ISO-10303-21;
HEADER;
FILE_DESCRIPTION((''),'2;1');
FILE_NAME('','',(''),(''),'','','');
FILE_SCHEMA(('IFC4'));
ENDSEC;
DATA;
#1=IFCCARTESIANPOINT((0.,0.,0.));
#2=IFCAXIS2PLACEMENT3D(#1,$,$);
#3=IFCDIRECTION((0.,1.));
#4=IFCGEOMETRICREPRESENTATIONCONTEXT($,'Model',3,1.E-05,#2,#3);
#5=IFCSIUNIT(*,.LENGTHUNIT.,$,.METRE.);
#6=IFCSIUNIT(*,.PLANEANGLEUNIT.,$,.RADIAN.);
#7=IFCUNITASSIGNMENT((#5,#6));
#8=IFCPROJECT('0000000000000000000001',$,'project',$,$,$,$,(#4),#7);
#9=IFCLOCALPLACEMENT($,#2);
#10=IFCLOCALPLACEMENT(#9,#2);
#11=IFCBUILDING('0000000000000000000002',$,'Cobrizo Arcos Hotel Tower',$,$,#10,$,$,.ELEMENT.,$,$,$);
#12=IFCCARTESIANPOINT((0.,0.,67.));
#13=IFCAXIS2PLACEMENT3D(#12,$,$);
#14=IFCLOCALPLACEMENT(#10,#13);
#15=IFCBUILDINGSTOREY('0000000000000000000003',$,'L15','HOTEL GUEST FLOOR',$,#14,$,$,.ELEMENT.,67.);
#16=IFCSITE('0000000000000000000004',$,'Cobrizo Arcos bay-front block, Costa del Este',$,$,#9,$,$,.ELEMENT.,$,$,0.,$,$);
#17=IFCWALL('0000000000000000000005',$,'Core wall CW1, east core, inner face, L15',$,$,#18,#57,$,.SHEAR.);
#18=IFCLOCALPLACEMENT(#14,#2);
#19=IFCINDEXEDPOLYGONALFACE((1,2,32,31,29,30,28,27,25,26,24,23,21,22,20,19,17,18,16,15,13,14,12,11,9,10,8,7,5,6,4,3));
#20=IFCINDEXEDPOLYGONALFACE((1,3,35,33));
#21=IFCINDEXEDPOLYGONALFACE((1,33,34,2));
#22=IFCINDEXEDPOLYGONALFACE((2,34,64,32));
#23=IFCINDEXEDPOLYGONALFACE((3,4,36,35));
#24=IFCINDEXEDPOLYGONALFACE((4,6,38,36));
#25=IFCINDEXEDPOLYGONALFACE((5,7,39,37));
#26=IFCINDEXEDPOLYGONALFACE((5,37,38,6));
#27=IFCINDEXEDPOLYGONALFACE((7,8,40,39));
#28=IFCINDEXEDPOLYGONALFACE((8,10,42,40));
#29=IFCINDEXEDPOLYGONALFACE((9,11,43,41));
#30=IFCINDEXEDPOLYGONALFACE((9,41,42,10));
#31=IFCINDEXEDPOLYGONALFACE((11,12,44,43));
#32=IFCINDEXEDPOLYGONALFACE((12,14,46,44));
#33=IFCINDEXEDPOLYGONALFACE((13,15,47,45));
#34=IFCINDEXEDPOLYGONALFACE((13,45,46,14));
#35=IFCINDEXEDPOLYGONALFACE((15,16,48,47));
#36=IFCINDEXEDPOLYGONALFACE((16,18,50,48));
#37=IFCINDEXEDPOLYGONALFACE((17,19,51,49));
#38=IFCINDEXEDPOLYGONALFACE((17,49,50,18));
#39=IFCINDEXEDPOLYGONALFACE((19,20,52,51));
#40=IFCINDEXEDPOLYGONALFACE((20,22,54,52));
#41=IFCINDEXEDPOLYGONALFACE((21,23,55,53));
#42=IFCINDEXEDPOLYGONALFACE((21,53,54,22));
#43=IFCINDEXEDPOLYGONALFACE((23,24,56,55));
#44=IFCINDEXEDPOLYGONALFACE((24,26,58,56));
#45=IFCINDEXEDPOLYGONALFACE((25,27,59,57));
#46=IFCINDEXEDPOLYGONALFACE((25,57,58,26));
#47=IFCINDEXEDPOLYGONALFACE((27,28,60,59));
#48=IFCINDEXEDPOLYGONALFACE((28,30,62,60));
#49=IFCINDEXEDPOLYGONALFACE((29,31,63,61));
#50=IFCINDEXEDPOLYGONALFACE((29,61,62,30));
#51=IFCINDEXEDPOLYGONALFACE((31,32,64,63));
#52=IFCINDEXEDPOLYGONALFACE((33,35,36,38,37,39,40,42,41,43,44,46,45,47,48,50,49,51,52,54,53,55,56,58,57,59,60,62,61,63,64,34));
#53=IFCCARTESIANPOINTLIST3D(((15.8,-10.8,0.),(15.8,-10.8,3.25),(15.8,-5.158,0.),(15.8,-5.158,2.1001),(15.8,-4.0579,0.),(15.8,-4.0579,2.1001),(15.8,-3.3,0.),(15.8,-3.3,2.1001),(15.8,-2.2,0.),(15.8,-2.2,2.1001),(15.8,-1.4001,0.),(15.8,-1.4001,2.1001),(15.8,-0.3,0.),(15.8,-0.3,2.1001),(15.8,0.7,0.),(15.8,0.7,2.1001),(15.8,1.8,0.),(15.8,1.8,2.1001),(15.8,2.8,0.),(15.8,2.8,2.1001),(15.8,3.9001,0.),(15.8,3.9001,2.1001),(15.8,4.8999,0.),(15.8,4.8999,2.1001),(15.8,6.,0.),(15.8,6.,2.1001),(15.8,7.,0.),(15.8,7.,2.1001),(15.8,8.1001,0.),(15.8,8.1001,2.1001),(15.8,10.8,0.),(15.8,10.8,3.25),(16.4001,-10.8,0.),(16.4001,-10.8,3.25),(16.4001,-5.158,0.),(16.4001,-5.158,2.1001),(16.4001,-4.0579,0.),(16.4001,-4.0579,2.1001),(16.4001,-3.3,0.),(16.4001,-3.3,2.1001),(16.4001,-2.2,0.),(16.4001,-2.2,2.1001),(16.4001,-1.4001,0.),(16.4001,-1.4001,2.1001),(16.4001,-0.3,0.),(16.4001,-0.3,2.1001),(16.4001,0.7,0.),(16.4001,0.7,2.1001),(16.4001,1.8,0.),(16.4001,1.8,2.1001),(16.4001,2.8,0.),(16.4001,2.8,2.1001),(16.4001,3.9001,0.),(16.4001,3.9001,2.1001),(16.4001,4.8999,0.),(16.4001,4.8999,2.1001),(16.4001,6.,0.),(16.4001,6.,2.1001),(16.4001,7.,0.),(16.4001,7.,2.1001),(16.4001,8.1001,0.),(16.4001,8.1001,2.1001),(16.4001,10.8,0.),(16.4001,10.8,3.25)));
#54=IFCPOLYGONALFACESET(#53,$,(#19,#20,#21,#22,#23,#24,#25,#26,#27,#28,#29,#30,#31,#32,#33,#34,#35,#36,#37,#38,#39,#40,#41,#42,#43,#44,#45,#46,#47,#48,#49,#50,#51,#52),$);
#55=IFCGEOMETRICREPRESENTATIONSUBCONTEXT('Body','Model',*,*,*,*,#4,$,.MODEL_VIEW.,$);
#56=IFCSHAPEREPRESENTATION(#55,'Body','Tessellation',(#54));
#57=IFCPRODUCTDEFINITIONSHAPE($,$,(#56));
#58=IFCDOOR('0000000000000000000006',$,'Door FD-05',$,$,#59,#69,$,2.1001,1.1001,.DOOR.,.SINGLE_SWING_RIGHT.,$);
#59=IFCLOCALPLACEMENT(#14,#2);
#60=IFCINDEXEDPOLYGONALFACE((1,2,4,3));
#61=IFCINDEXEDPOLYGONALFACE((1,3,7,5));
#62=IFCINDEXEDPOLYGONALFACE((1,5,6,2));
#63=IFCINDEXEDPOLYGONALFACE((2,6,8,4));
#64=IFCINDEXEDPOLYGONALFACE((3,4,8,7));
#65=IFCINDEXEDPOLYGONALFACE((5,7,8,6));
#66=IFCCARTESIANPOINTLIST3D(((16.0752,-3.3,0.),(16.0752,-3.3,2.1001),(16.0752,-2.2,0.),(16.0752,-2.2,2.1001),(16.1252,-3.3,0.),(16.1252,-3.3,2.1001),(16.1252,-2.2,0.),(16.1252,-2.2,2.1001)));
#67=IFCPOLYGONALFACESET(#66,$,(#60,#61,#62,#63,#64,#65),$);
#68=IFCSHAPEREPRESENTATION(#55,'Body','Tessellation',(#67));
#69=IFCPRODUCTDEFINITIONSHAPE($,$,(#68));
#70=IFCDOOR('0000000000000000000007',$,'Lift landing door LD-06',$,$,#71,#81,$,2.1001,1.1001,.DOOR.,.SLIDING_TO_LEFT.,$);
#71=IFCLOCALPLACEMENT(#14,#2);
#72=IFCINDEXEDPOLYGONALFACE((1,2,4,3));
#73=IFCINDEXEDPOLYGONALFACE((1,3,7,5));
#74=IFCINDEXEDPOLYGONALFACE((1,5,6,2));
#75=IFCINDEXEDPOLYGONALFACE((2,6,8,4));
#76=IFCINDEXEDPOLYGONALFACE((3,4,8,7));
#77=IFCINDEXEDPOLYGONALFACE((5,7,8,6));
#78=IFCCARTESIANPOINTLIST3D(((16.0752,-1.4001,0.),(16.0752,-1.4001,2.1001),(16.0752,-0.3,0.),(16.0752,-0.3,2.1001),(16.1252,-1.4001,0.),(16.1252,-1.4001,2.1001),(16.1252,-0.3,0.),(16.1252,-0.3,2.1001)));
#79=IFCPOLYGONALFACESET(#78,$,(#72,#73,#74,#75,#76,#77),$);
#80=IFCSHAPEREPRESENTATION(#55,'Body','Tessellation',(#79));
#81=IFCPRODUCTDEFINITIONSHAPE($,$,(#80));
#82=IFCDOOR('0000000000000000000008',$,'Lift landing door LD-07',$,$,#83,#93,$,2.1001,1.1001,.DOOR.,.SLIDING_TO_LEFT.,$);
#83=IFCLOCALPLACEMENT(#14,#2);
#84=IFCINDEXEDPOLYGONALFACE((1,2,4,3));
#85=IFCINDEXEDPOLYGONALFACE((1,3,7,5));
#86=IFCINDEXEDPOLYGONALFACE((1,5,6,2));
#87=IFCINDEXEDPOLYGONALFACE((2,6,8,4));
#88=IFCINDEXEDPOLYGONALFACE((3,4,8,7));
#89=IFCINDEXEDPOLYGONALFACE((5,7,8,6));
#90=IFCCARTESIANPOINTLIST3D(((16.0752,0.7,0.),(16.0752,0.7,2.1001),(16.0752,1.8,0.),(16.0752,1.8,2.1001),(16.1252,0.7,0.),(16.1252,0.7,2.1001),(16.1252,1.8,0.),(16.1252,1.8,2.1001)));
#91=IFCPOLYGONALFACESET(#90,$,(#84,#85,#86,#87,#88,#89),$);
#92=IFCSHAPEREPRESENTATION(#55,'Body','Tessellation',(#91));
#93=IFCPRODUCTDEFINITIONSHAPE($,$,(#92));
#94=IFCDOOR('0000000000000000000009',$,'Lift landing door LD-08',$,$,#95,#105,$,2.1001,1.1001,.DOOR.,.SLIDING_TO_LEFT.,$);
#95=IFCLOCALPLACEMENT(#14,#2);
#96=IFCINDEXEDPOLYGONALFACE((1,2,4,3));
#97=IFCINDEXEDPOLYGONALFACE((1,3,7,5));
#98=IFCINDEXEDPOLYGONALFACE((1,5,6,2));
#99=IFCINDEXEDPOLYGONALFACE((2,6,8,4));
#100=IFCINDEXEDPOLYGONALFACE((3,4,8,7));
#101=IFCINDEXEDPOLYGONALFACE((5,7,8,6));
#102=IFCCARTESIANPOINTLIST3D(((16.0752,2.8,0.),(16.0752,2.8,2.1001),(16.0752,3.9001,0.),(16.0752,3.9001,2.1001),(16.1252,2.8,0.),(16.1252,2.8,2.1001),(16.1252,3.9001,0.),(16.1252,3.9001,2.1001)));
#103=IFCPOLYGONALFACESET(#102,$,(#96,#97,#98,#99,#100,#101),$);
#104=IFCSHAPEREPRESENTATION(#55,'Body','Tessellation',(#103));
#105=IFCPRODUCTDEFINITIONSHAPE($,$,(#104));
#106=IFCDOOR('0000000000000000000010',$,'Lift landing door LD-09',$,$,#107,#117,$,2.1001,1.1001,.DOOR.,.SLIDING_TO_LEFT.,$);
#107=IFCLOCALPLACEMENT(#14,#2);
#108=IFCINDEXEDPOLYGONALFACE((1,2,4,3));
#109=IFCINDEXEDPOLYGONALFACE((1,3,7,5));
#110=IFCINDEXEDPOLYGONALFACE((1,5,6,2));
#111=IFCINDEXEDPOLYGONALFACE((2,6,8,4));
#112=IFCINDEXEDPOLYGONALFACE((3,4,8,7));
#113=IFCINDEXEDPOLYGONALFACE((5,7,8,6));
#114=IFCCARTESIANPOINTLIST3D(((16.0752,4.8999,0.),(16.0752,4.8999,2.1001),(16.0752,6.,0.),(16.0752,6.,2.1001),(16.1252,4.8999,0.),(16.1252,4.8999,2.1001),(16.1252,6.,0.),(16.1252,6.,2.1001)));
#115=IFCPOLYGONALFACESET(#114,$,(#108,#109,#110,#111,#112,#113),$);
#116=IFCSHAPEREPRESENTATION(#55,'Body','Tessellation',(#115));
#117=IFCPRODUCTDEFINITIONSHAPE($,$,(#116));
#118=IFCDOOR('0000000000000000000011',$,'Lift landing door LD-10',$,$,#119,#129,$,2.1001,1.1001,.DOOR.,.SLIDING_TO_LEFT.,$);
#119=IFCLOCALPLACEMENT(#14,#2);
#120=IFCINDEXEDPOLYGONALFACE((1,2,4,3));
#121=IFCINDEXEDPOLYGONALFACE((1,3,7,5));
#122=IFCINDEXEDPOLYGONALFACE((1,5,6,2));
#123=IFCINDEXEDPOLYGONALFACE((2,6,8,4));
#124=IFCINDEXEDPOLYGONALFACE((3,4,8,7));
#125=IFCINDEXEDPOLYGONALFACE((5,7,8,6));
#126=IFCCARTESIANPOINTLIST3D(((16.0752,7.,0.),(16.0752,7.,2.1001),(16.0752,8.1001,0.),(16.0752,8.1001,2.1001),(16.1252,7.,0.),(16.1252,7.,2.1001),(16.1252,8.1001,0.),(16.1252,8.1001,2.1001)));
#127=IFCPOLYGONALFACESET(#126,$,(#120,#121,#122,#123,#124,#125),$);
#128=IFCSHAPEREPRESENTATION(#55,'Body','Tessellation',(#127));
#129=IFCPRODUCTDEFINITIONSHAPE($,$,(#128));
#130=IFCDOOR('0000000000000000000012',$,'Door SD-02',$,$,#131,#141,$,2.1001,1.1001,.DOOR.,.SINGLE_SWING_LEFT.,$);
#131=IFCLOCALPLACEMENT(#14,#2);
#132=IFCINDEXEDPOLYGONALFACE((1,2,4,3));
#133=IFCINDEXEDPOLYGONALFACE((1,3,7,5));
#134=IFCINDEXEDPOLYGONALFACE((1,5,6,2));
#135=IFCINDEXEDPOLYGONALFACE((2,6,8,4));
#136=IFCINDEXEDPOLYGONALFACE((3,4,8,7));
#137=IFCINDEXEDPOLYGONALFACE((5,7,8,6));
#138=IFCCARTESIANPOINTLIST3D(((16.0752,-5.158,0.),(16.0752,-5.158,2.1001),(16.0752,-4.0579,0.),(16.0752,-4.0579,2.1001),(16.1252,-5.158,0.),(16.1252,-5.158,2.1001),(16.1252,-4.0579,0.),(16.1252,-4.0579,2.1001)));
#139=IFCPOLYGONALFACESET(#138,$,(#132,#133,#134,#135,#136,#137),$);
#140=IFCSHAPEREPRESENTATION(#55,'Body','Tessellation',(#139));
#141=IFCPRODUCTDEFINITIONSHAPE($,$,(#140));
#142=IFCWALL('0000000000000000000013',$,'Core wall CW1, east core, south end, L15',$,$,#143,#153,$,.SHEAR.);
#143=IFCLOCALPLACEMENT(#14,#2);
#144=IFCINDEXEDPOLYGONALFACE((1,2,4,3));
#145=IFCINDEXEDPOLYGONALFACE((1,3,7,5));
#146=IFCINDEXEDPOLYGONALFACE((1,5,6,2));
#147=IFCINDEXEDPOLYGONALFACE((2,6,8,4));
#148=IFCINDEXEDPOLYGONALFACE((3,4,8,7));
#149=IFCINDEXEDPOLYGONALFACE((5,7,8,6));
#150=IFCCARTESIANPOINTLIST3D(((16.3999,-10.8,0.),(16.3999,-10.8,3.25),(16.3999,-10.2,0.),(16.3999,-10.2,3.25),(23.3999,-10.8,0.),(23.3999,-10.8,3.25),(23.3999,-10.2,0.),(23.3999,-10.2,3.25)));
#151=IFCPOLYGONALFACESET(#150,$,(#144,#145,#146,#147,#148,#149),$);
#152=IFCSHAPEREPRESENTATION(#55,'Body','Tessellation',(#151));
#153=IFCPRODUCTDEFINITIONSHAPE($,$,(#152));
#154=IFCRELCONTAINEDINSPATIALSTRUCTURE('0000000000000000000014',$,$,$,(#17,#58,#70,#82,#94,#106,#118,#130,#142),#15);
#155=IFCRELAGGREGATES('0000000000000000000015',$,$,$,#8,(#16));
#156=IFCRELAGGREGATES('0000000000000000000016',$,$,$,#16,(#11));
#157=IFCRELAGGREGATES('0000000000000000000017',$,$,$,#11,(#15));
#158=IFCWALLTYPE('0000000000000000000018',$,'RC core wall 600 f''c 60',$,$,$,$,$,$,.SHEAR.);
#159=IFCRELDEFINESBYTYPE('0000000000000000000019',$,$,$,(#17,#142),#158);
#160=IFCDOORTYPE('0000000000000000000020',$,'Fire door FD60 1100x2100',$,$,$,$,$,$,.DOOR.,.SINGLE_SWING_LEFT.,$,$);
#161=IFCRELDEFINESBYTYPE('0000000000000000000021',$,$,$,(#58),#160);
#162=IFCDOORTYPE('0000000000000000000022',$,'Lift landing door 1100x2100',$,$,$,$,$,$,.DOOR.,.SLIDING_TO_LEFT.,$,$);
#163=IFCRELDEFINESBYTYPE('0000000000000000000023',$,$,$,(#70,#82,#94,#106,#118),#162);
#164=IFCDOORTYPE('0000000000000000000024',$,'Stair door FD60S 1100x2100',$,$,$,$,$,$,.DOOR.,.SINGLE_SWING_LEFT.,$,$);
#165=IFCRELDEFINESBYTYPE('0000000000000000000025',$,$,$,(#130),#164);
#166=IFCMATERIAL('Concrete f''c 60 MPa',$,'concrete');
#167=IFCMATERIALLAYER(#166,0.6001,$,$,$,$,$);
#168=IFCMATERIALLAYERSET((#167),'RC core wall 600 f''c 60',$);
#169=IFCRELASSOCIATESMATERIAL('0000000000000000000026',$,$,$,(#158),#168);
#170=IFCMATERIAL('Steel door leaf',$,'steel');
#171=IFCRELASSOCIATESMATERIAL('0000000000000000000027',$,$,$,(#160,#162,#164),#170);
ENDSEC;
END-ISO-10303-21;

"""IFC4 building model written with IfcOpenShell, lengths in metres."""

from ifc_helpers import new_model, si_unit, direction, frame, frame_2d, origin, place, context, subcontext, project, spatial, rectangle, extrude, material, layer, layer_set, type_object, element, fill, save


model = new_model("IFC4")

# Units and contexts
model_context = context("Model", 3, precision=1e-05, world=origin(), true_north=direction((0.0, 1.0)))
body_context = subcontext(model_context, "Body", "Model", "MODEL_VIEW")
ifc_project = project(units=[si_unit("LENGTHUNIT", "METRE"), si_unit("PLANEANGLEUNIT", "RADIAN")], contexts=[model_context])

# Site, building, storey
site_placement = place(None, origin())
site = spatial("IfcSite", under=ifc_project, at=site_placement, Name="Cobrizo Arcos bay-front block, Costa del Este", CompositionType="ELEMENT", RefElevation=0.0)
building_placement = place(site_placement, origin())
building = spatial("IfcBuilding", under=site, at=building_placement, Name="Cobrizo Arcos Hotel Tower", CompositionType="ELEMENT")
storey_placement = place(building_placement, frame((0.0, 0.0, 67.0)))
storey = spatial("IfcBuildingStorey", under=building, at=storey_placement, Name="L15", Description="HOTEL GUEST FLOOR", CompositionType="ELEMENT", Elevation=67.0)

# Wall, openings, doors
ifc_material_1 = material(Name="Concrete f'c 60 MPa", Category="concrete")
ifc_layer_1 = layer(ifc_material_1, 0.6001)
ifc_layer_set_1 = layer_set([ifc_layer_1], Name="RC core wall 600 f'c 60")
wall_type_1 = type_object("IfcWallType", Name="RC core wall 600 f'c 60", PredefinedType="SHEAR", material=ifc_layer_set_1)
wall_1_placement = place(storey_placement, frame((16.1001, -10.8, 0.0), z_axis=(0.0, 0.0, 1.0), x_axis=(0.0, 1.0, 0.0)))
wall_1 = element("IfcWall", 1, at=wall_1_placement, inside=storey, type_object=wall_type_1, Name="Core wall CW1, east core, inner face, L15", PredefinedType="SHEAR", context=body_context, shape_type="SweptSolid", body=[
    extrude(rectangle(XDim=21.6001, YDim=0.6001, at=frame_2d((10.8, 0.0))), origin(), (0.0, 0.0, 1.0), 3.25),
])
opening_1_placement = place(wall_1_placement, frame((9.3999, 0.0, 0.0)))
opening_1 = element("IfcOpeningElement", 2, at=opening_1_placement, cuts=wall_1, PredefinedType="OPENING", context=body_context, shape_type="SweptSolid", body=[
    extrude(rectangle(XDim=1.1001, YDim=2.1001, at=frame_2d((0.55, 1.05))), frame((0.0, 0.312, 0.0), z_axis=(0.0, -1.0, 0.0), x_axis=(1.0, 0.0, 0.0)), (0.0, 0.0, 1.0), 0.624),
])
opening_2_placement = place(wall_1_placement, frame((11.5, 0.0, 0.0)))
opening_2 = element("IfcOpeningElement", 3, at=opening_2_placement, cuts=wall_1, PredefinedType="OPENING", context=body_context, shape_type="SweptSolid", body=[
    extrude(rectangle(XDim=1.1001, YDim=2.1001, at=frame_2d((0.55, 1.05))), frame((0.0, 0.312, 0.0), z_axis=(0.0, -1.0, 0.0), x_axis=(1.0, 0.0, 0.0)), (0.0, 0.0, 1.0), 0.624),
])
opening_3_placement = place(wall_1_placement, frame((13.6001, 0.0, 0.0)))
opening_3 = element("IfcOpeningElement", 4, at=opening_3_placement, cuts=wall_1, PredefinedType="OPENING", context=body_context, shape_type="SweptSolid", body=[
    extrude(rectangle(XDim=1.1001, YDim=2.1001, at=frame_2d((0.55, 1.05))), frame((0.0, 0.312, 0.0), z_axis=(0.0, -1.0, 0.0), x_axis=(1.0, 0.0, 0.0)), (0.0, 0.0, 1.0), 0.624),
])
opening_4_placement = place(wall_1_placement, frame((15.7, 0.0, 0.0)))
opening_4 = element("IfcOpeningElement", 5, at=opening_4_placement, cuts=wall_1, PredefinedType="OPENING", context=body_context, shape_type="SweptSolid", body=[
    extrude(rectangle(XDim=1.1001, YDim=2.1001, at=frame_2d((0.55, 1.05))), frame((0.0, 0.312, 0.0), z_axis=(0.0, -1.0, 0.0), x_axis=(1.0, 0.0, 0.0)), (0.0, 0.0, 1.0), 0.624),
])
opening_5_placement = place(wall_1_placement, frame((17.8, 0.0, 0.0)))
opening_5 = element("IfcOpeningElement", 6, at=opening_5_placement, cuts=wall_1, PredefinedType="OPENING", context=body_context, shape_type="SweptSolid", body=[
    extrude(rectangle(XDim=1.1001, YDim=2.1001, at=frame_2d((0.55, 1.05))), frame((0.0, 0.312, 0.0), z_axis=(0.0, -1.0, 0.0), x_axis=(1.0, 0.0, 0.0)), (0.0, 0.0, 1.0), 0.624),
])
opening_6_placement = place(wall_1_placement, frame((5.6421, 0.0, 0.0)))
opening_6 = element("IfcOpeningElement", 7, at=opening_6_placement, cuts=wall_1, PredefinedType="OPENING", context=body_context, shape_type="SweptSolid", body=[
    extrude(rectangle(XDim=1.1001, YDim=2.1001, at=frame_2d((0.55, 1.05))), frame((0.0, 0.312, 0.0), z_axis=(0.0, -1.0, 0.0), x_axis=(1.0, 0.0, 0.0)), (0.0, 0.0, 1.0), 0.624),
])
opening_7_placement = place(wall_1_placement, frame((7.5, 0.0, 0.0)))
opening_7 = element("IfcOpeningElement", 8, at=opening_7_placement, cuts=wall_1, PredefinedType="OPENING", context=body_context, shape_type="SweptSolid", body=[
    extrude(rectangle(XDim=1.1001, YDim=2.1001, at=frame_2d((0.55, 1.05))), frame((0.0, 0.312, 0.0), z_axis=(0.0, -1.0, 0.0), x_axis=(1.0, 0.0, 0.0)), (0.0, 0.0, 1.0), 0.624),
])
ifc_material_2 = material(Name="Steel door leaf", Category="steel")
door_type_1 = type_object("IfcDoorType", Name="Fire door FD60 1100x2100", OperationType="SINGLE_SWING_LEFT", PredefinedType="DOOR", material=ifc_material_2)
door_1_placement = place(opening_7_placement, origin())
door_1 = element("IfcDoor", 9, at=door_1_placement, inside=storey, type_object=door_type_1, Name="Door FD-05", OperationType="SINGLE_SWING_RIGHT", OverallHeight=2.1001, OverallWidth=1.1001, PredefinedType="DOOR", context=body_context, shape_type="SweptSolid", body=[
    extrude(rectangle(XDim=1.1001, YDim=2.1001, at=frame_2d((0.55, 1.05))), frame((0.0, 0.0249, 0.0), z_axis=(0.0, -1.0, 0.0), x_axis=(1.0, 0.0, 0.0)), (0.0, 0.0, 1.0), 0.05),
])
fill(opening_7, door_1)
door_type_2 = type_object("IfcDoorType", Name="Lift landing door 1100x2100", OperationType="SLIDING_TO_LEFT", PredefinedType="DOOR", material=ifc_material_2)
door_2_placement = place(opening_1_placement, origin())
door_2 = element("IfcDoor", 10, at=door_2_placement, inside=storey, type_object=door_type_2, Name="Lift landing door LD-06", OperationType="SLIDING_TO_LEFT", OverallHeight=2.1001, OverallWidth=1.1001, PredefinedType="DOOR", context=body_context, shape_type="SweptSolid", body=[
    extrude(rectangle(XDim=1.1001, YDim=2.1001, at=frame_2d((0.55, 1.05))), frame((0.0, 0.0249, 0.0), z_axis=(0.0, -1.0, 0.0), x_axis=(1.0, 0.0, 0.0)), (0.0, 0.0, 1.0), 0.05),
])
fill(opening_1, door_2)
door_3_placement = place(opening_2_placement, origin())
door_3 = element("IfcDoor", 11, at=door_3_placement, inside=storey, type_object=door_type_2, Name="Lift landing door LD-07", OperationType="SLIDING_TO_LEFT", OverallHeight=2.1001, OverallWidth=1.1001, PredefinedType="DOOR", context=body_context, shape_type="SweptSolid", body=[
    extrude(rectangle(XDim=1.1001, YDim=2.1001, at=frame_2d((0.55, 1.05))), frame((0.0, 0.0249, 0.0), z_axis=(0.0, -1.0, 0.0), x_axis=(1.0, 0.0, 0.0)), (0.0, 0.0, 1.0), 0.05),
])
fill(opening_2, door_3)
door_4_placement = place(opening_3_placement, origin())
door_4 = element("IfcDoor", 12, at=door_4_placement, inside=storey, type_object=door_type_2, Name="Lift landing door LD-08", OperationType="SLIDING_TO_LEFT", OverallHeight=2.1001, OverallWidth=1.1001, PredefinedType="DOOR", context=body_context, shape_type="SweptSolid", body=[
    extrude(rectangle(XDim=1.1001, YDim=2.1001, at=frame_2d((0.55, 1.05))), frame((0.0, 0.0249, 0.0), z_axis=(0.0, -1.0, 0.0), x_axis=(1.0, 0.0, 0.0)), (0.0, 0.0, 1.0), 0.05),
])
fill(opening_3, door_4)
door_5_placement = place(opening_4_placement, origin())
door_5 = element("IfcDoor", 13, at=door_5_placement, inside=storey, type_object=door_type_2, Name="Lift landing door LD-09", OperationType="SLIDING_TO_LEFT", OverallHeight=2.1001, OverallWidth=1.1001, PredefinedType="DOOR", context=body_context, shape_type="SweptSolid", body=[
    extrude(rectangle(XDim=1.1001, YDim=2.1001, at=frame_2d((0.55, 1.05))), frame((0.0, 0.0249, 0.0), z_axis=(0.0, -1.0, 0.0), x_axis=(1.0, 0.0, 0.0)), (0.0, 0.0, 1.0), 0.05),
])
fill(opening_4, door_5)
door_6_placement = place(opening_5_placement, origin())
door_6 = element("IfcDoor", 14, at=door_6_placement, inside=storey, type_object=door_type_2, Name="Lift landing door LD-10", OperationType="SLIDING_TO_LEFT", OverallHeight=2.1001, OverallWidth=1.1001, PredefinedType="DOOR", context=body_context, shape_type="SweptSolid", body=[
    extrude(rectangle(XDim=1.1001, YDim=2.1001, at=frame_2d((0.55, 1.05))), frame((0.0, 0.0249, 0.0), z_axis=(0.0, -1.0, 0.0), x_axis=(1.0, 0.0, 0.0)), (0.0, 0.0, 1.0), 0.05),
])
fill(opening_5, door_6)
door_type_3 = type_object("IfcDoorType", Name="Stair door FD60S 1100x2100", OperationType="SINGLE_SWING_LEFT", PredefinedType="DOOR", material=ifc_material_2)
door_7_placement = place(opening_6_placement, origin())
door_7 = element("IfcDoor", 15, at=door_7_placement, inside=storey, type_object=door_type_3, Name="Door SD-02", OperationType="SINGLE_SWING_LEFT", OverallHeight=2.1001, OverallWidth=1.1001, PredefinedType="DOOR", context=body_context, shape_type="SweptSolid", body=[
    extrude(rectangle(XDim=1.1001, YDim=2.1001, at=frame_2d((0.55, 1.05))), frame((0.0, 0.0249, 0.0), z_axis=(0.0, -1.0, 0.0), x_axis=(1.0, 0.0, 0.0)), (0.0, 0.0, 1.0), 0.05),
])
fill(opening_6, door_7)

# Wall
wall_2_placement = place(storey_placement, frame((16.3999, -10.5, 0.0), z_axis=(0.0, 0.0, 1.0), x_axis=(1.0, 0.0, 0.0)))
element("IfcWall", 16, at=wall_2_placement, inside=storey, type_object=wall_type_1, Name="Core wall CW1, east core, south end, L15", PredefinedType="SHEAR", context=body_context, shape_type="SweptSolid", body=[
    extrude(rectangle(XDim=7.0, YDim=0.6001, at=frame_2d((3.5, 0.0))), origin(), (0.0, 0.0, 1.0), 3.25),
])

save(model, "model.ifc")
